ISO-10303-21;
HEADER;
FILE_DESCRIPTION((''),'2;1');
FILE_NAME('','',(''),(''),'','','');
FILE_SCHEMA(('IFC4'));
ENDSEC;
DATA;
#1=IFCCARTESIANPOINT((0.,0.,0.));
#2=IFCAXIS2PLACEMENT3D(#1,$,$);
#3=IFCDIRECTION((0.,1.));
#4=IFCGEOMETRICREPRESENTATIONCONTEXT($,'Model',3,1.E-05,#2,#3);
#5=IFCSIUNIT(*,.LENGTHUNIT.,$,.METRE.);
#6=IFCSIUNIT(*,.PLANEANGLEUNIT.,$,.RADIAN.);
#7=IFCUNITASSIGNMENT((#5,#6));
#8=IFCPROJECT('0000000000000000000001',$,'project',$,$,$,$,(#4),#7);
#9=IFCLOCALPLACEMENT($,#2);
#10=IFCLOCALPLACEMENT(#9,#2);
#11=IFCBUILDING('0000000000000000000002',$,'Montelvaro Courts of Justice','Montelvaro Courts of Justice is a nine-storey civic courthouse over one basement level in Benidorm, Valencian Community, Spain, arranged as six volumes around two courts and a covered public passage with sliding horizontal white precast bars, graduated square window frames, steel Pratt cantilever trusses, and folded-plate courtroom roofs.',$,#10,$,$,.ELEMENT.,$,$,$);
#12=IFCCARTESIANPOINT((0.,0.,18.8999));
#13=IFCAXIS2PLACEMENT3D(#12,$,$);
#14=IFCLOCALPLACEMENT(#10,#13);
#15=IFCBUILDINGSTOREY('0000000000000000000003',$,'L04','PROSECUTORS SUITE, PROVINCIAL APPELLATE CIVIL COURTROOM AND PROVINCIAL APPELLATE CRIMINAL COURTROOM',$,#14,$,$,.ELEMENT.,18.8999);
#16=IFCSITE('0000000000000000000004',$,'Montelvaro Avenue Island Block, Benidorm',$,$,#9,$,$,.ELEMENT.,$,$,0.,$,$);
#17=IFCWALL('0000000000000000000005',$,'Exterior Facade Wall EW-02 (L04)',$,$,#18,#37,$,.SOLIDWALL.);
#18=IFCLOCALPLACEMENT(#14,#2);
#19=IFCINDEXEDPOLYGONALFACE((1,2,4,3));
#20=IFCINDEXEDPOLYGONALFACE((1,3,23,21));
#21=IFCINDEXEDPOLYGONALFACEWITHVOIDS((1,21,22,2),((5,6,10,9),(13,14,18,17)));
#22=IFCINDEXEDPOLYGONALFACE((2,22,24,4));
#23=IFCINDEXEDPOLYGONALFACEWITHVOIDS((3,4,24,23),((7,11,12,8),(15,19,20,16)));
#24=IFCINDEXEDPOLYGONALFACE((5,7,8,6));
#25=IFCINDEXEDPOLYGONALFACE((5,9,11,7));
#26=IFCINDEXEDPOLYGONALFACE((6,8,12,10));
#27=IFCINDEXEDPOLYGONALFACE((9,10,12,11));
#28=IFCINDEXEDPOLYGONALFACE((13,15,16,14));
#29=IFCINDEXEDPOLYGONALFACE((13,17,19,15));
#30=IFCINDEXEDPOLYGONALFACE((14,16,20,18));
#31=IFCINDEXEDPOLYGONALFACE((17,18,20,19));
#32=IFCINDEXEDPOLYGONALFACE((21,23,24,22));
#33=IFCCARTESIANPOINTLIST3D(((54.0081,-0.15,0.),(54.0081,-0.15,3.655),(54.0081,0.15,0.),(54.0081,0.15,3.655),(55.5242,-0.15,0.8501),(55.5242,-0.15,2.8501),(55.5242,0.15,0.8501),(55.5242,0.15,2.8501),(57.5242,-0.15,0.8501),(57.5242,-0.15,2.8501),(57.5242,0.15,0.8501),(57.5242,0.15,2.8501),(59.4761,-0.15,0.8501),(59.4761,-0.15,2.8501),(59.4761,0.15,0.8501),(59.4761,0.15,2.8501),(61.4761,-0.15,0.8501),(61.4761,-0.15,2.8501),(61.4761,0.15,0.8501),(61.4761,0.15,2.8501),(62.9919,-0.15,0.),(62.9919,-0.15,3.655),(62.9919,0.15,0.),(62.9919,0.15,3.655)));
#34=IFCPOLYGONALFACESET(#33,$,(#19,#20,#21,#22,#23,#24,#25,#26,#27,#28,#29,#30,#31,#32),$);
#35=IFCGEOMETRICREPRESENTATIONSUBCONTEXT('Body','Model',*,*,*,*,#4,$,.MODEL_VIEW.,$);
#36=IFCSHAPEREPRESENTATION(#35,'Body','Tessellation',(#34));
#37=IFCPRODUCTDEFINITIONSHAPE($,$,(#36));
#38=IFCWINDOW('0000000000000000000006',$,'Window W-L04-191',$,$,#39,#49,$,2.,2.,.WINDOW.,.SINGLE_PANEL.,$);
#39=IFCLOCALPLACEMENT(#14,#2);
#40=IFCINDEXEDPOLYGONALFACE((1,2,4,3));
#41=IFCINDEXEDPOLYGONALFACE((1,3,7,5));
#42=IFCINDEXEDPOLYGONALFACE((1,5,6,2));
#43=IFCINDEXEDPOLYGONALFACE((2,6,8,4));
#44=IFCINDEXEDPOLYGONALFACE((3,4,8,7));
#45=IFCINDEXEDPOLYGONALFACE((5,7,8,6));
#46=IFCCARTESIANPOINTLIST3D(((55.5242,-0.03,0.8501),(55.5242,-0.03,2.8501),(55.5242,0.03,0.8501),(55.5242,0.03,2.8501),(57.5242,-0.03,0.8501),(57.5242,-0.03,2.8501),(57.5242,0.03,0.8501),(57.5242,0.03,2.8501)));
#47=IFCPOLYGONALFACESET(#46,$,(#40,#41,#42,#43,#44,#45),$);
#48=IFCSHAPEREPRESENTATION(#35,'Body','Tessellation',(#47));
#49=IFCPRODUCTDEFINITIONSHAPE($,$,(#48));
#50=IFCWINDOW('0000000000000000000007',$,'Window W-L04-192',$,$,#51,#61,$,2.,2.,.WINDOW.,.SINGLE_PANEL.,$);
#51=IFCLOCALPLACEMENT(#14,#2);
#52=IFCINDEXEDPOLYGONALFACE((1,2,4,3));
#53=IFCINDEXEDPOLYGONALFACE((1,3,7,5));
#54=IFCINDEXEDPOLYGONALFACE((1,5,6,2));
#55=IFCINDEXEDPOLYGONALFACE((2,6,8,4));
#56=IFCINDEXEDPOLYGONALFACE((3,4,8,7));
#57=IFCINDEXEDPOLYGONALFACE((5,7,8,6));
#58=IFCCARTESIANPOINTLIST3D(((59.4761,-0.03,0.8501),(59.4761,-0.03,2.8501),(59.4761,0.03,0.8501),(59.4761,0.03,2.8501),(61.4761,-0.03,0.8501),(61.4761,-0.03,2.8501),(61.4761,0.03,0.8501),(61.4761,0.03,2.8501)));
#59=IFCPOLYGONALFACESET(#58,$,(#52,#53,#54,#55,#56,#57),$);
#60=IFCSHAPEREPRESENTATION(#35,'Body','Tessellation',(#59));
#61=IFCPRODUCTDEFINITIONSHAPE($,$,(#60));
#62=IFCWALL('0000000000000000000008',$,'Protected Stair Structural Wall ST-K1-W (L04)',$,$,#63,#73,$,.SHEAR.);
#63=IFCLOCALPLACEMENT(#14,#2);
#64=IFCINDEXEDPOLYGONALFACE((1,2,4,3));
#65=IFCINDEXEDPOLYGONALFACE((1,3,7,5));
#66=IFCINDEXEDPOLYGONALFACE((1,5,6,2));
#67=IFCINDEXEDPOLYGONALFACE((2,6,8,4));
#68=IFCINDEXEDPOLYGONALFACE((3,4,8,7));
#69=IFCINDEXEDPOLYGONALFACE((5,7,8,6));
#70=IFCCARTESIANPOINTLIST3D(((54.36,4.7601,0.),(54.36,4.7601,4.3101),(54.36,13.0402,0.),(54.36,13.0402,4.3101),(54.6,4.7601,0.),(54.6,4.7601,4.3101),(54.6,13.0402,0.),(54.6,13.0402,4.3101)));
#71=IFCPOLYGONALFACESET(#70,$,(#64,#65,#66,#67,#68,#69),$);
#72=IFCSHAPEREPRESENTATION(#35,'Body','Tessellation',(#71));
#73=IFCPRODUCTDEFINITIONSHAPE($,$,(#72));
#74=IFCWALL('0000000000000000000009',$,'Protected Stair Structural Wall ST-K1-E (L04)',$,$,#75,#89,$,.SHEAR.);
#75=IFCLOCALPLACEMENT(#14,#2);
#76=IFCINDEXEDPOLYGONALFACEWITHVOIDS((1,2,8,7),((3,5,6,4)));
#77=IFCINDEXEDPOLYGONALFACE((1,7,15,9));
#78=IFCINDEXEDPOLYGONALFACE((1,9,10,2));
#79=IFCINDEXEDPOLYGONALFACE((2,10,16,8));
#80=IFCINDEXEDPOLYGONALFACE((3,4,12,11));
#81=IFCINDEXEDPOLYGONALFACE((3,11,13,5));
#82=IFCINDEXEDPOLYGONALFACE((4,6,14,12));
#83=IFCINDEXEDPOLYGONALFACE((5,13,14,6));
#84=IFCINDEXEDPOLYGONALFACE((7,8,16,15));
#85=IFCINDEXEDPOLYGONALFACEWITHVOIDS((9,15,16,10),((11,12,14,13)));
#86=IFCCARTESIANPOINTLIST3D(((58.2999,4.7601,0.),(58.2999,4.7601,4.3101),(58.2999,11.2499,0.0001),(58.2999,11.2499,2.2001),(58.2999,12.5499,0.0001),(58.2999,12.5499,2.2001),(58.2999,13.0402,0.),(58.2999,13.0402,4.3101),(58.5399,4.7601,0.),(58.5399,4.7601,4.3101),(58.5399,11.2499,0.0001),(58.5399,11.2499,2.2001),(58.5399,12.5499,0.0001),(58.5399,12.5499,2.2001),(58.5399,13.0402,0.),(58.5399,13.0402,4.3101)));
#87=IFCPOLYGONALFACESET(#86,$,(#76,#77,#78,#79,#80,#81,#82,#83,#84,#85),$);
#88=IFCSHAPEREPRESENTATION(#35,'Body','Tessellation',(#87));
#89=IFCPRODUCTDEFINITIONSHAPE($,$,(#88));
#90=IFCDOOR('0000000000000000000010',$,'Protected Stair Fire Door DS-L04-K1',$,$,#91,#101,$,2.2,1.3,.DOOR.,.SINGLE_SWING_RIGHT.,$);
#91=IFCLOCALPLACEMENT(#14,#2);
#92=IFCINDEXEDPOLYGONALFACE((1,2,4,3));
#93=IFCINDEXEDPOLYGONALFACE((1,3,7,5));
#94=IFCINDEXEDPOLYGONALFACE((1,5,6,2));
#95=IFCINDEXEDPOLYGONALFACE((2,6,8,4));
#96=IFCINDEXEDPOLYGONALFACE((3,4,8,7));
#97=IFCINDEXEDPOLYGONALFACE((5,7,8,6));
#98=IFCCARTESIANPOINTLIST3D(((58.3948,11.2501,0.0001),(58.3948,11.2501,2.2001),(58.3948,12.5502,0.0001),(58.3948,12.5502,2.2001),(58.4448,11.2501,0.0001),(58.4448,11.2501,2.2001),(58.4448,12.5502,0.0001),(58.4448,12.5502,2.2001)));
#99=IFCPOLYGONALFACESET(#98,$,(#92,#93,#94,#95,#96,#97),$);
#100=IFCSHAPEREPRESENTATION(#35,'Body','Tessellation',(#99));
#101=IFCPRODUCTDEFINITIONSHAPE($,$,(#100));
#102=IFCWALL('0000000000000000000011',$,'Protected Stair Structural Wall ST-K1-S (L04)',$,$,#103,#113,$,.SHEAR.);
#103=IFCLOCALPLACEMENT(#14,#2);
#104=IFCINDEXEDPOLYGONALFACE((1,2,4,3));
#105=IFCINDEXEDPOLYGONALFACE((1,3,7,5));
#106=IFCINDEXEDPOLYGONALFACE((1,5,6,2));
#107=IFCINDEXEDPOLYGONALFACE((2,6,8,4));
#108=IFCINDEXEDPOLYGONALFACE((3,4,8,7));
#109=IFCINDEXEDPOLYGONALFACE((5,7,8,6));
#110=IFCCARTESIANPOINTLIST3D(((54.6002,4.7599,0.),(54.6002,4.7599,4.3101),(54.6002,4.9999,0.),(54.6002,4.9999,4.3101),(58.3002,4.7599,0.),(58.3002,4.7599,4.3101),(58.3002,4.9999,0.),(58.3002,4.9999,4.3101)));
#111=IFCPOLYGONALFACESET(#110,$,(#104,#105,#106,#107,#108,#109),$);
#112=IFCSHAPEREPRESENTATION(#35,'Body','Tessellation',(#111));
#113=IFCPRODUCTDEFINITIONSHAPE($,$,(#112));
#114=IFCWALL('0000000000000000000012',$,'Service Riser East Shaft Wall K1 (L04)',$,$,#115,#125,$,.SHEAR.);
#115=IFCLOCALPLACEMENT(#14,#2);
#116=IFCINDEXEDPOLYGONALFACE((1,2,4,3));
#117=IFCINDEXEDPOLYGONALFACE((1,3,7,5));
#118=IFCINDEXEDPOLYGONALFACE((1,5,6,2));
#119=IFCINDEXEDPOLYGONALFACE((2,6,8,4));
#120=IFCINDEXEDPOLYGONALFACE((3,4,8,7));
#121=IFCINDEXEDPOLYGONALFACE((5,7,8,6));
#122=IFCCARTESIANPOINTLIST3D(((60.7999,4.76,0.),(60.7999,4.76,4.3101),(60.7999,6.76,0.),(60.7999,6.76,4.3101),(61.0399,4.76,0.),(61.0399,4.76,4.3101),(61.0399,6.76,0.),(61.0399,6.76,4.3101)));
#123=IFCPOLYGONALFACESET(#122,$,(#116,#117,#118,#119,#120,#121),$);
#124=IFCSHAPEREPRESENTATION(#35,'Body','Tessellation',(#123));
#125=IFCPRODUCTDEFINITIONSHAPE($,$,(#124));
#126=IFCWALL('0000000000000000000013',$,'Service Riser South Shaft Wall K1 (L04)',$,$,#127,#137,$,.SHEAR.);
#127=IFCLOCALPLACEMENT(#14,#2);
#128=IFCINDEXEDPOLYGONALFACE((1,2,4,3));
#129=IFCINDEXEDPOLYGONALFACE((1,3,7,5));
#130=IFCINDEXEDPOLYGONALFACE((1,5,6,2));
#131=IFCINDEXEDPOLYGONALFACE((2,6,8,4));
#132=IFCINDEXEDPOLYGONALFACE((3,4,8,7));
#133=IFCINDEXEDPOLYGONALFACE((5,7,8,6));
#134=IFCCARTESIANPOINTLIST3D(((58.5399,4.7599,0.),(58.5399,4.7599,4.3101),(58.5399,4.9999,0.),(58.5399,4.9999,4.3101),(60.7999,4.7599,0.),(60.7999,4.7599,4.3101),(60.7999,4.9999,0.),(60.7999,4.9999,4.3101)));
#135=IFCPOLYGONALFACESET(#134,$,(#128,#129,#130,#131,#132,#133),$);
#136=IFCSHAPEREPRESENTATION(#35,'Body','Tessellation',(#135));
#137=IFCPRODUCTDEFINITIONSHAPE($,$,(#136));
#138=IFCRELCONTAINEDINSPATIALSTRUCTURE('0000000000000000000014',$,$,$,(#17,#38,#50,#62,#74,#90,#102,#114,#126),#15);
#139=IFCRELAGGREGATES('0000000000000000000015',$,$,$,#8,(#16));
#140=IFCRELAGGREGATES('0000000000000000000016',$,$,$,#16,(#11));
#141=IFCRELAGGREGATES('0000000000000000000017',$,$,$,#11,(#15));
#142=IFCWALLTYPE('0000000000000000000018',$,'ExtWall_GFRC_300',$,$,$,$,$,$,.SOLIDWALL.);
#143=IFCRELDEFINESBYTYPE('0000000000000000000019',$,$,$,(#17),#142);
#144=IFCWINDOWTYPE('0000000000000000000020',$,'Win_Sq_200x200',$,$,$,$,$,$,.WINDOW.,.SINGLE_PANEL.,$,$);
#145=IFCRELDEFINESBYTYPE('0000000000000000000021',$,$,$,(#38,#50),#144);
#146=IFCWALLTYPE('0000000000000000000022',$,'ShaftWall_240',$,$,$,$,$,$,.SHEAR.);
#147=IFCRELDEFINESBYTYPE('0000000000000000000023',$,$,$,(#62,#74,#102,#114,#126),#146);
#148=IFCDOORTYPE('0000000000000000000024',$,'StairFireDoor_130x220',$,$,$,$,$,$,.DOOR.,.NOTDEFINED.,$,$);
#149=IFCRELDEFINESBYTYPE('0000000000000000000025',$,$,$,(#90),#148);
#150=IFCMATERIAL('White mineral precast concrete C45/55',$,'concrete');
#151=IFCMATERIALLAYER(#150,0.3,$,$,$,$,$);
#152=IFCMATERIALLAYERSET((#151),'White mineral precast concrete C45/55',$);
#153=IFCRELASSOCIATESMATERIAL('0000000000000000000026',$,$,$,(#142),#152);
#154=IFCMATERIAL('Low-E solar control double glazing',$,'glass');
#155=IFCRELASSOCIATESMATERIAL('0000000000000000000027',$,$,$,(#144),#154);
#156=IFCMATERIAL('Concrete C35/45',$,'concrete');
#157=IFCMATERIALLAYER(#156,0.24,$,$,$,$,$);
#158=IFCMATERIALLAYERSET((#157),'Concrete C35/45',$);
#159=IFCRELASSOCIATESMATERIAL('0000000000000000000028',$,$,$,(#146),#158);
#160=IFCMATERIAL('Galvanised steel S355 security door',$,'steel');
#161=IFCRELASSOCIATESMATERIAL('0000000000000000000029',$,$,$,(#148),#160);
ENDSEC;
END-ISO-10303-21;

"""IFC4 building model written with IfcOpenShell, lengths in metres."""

from ifc_helpers import new_model, si_unit, direction, frame, frame_2d, origin, place, context, subcontext, project, spatial, rectangle, extrude, material, layer, layer_set, type_object, element, fill, save


model = new_model("IFC4")

# Units and contexts
model_context = context("Model", 3, precision=1e-05, world=origin(), true_north=direction((0.0, 1.0)))
body_context = subcontext(model_context, "Body", "Model", "MODEL_VIEW")
ifc_project = project(units=[si_unit("LENGTHUNIT", "METRE"), si_unit("PLANEANGLEUNIT", "RADIAN")], contexts=[model_context])

# Site, building, storey
site_placement = place(None, origin())
site = spatial("IfcSite", under=ifc_project, at=site_placement, Name="Montelvaro Avenue Island Block, Benidorm", CompositionType="ELEMENT", RefElevation=0.0)
building_placement = place(site_placement, origin())
building = spatial("IfcBuilding", under=site, at=building_placement, Name="Montelvaro Courts of Justice", Description="Montelvaro Courts of Justice is a nine-storey civic courthouse over one basement level in Benidorm, Valencian Community, Spain, arranged as six volumes around two courts and a covered public passage with sliding horizontal white precast bars, graduated square window frames, steel Pratt cantilever trusses, and folded-plate courtroom roofs.", CompositionType="ELEMENT")
storey_placement = place(building_placement, frame((0.0, 0.0, 18.8999)))
storey = spatial("IfcBuildingStorey", under=building, at=storey_placement, Name="L04", Description="PROSECUTORS SUITE, PROVINCIAL APPELLATE CIVIL COURTROOM AND PROVINCIAL APPELLATE CRIMINAL COURTROOM", CompositionType="ELEMENT", Elevation=18.8999)

# Shared definitions
ifc_material_1 = material(Name="White mineral precast concrete C45/55", Category="concrete")

# Wall, openings, windows
ifc_layer_1 = layer(ifc_material_1, 0.3)
ifc_layer_set_1 = layer_set([ifc_layer_1], Name="White mineral precast concrete C45/55")
wall_type_1 = type_object("IfcWallType", Name="ExtWall_GFRC_300", PredefinedType="SOLIDWALL", material=ifc_layer_set_1)
wall_1_placement = place(storey_placement, frame((54.0081, 0.0, 0.0), z_axis=(0.0, 0.0, 1.0), x_axis=(1.0, 0.0, 0.0)))
wall_1 = element("IfcWall", 1, at=wall_1_placement, inside=storey, type_object=wall_type_1, Name="Exterior Facade Wall EW-02 (L04)", PredefinedType="SOLIDWALL", context=body_context, shape_type="SweptSolid", body=[
    extrude(rectangle(XDim=8.9839, YDim=0.3, at=frame_2d((4.4919, 0.0))), origin(), (0.0, 0.0, 1.0), 3.655),
])
opening_1_placement = place(wall_1_placement, frame((1.5161, 0.0, 0.8501)))
opening_1 = element("IfcOpeningElement", 2, at=opening_1_placement, cuts=wall_1, PredefinedType="OPENING", context=body_context, shape_type="SweptSolid", body=[
    extrude(rectangle(XDim=2.0, YDim=2.0, at=frame_2d((1.0, 1.0))), frame((0.0, 0.165, 0.0), z_axis=(0.0, -1.0, 0.0), x_axis=(1.0, 0.0, 0.0)), (0.0, 0.0, 1.0), 0.3298),
])
opening_2_placement = place(wall_1_placement, frame((5.468, 0.0, 0.8501)))
opening_2 = element("IfcOpeningElement", 3, at=opening_2_placement, cuts=wall_1, PredefinedType="OPENING", context=body_context, shape_type="SweptSolid", body=[
    extrude(rectangle(XDim=2.0, YDim=2.0, at=frame_2d((1.0, 1.0))), frame((0.0, 0.165, 0.0), z_axis=(0.0, -1.0, 0.0), x_axis=(1.0, 0.0, 0.0)), (0.0, 0.0, 1.0), 0.3298),
])
ifc_material_2 = material(Name="Low-E solar control double glazing", Category="glass")
window_type = type_object("IfcWindowType", Name="Win_Sq_200x200", PartitioningType="SINGLE_PANEL", PredefinedType="WINDOW", material=ifc_material_2)
window_1_placement = place(opening_1_placement, origin())
window_1 = element("IfcWindow", 4, at=window_1_placement, inside=storey, type_object=window_type, Name="Window W-L04-191", OverallHeight=2.0, OverallWidth=2.0, PartitioningType="SINGLE_PANEL", PredefinedType="WINDOW", context=body_context, shape_type="SweptSolid", body=[
    extrude(rectangle(XDim=2.0, YDim=2.0, at=frame_2d((1.0, 1.0))), frame((0.0, 0.03, 0.0), z_axis=(0.0, -1.0, 0.0), x_axis=(1.0, 0.0, 0.0)), (0.0, 0.0, 1.0), 0.0601),
])
fill(opening_1, window_1)
window_2_placement = place(opening_2_placement, origin())
window_2 = element("IfcWindow", 5, at=window_2_placement, inside=storey, type_object=window_type, Name="Window W-L04-192", OverallHeight=2.0, OverallWidth=2.0, PartitioningType="SINGLE_PANEL", PredefinedType="WINDOW", context=body_context, shape_type="SweptSolid", body=[
    extrude(rectangle(XDim=2.0, YDim=2.0, at=frame_2d((1.0, 1.0))), frame((0.0, 0.03, 0.0), z_axis=(0.0, -1.0, 0.0), x_axis=(1.0, 0.0, 0.0)), (0.0, 0.0, 1.0), 0.0601),
])
fill(opening_2, window_2)

# Wall
ifc_material_3 = material(Name="Concrete C35/45", Category="concrete")
ifc_layer_2 = layer(ifc_material_3, 0.24)
ifc_layer_set_2 = layer_set([ifc_layer_2], Name="Concrete C35/45")
wall_type_2 = type_object("IfcWallType", Name="ShaftWall_240", PredefinedType="SHEAR", material=ifc_layer_set_2)
wall_2_placement = place(storey_placement, frame((54.48, 4.76, 0.0), z_axis=(0.0, 0.0, 1.0), x_axis=(0.0, 1.0, 0.0)))
element("IfcWall", 6, at=wall_2_placement, inside=storey, type_object=wall_type_2, Name="Protected Stair Structural Wall ST-K1-W (L04)", PredefinedType="SHEAR", context=body_context, shape_type="SweptSolid", body=[
    extrude(rectangle(XDim=8.28, YDim=0.24, at=frame_2d((4.1401, 0.0))), origin(), (0.0, 0.0, 1.0), 4.3101),
])

# Wall, opening, door
wall_3_placement = place(storey_placement, frame((58.4199, 4.76, 0.0), z_axis=(0.0, 0.0, 1.0), x_axis=(0.0, 1.0, 0.0)))
wall_3 = element("IfcWall", 7, at=wall_3_placement, inside=storey, type_object=wall_type_2, Name="Protected Stair Structural Wall ST-K1-E (L04)", PredefinedType="SHEAR", context=body_context, shape_type="SweptSolid", body=[
    extrude(rectangle(XDim=8.28, YDim=0.24, at=frame_2d((4.1401, 0.0))), origin(), (0.0, 0.0, 1.0), 4.3101),
])
opening_3_placement = place(wall_3_placement, frame((6.49, 0.0, 0.0)))
opening_3 = element("IfcOpeningElement", 8, at=opening_3_placement, cuts=wall_3, PredefinedType="OPENING", context=body_context, shape_type="SweptSolid", body=[
    extrude(rectangle(XDim=1.3, YDim=2.2, at=frame_2d((0.6499, 1.1001))), frame((0.0, 0.1348, 0.0), z_axis=(0.0, -1.0, 0.0), x_axis=(1.0, 0.0, 0.0)), (0.0, 0.0, 1.0), 0.2698),
])
ifc_material_4 = material(Name="Galvanised steel S355 security door", Category="steel")
door_type = type_object("IfcDoorType", Name="StairFireDoor_130x220", OperationType="NOTDEFINED", PredefinedType="DOOR", material=ifc_material_4)
door_placement = place(opening_3_placement, frame((1.3, 0.0, 0.0), z_axis=(0.0, 0.0, 1.0), x_axis=(-1.0, 0.0, 0.0)))
door = element("IfcDoor", 9, at=door_placement, inside=storey, type_object=door_type, Name="Protected Stair Fire Door DS-L04-K1", OperationType="SINGLE_SWING_RIGHT", OverallHeight=2.2, OverallWidth=1.3, PredefinedType="DOOR", context=body_context, shape_type="SweptSolid", body=[
    extrude(rectangle(XDim=1.3, YDim=2.2, at=frame_2d((0.6499, 1.1001))), frame((0.0, 0.0249, 0.0), z_axis=(0.0, -1.0, 0.0), x_axis=(1.0, 0.0, 0.0)), (0.0, 0.0, 1.0), 0.05),
])
fill(opening_3, door)

# Walls
wall_4_placement = place(storey_placement, frame((54.6001, 4.8799, 0.0), z_axis=(0.0, 0.0, 1.0), x_axis=(1.0, 0.0, 0.0)))
element("IfcWall", 10, at=wall_4_placement, inside=storey, type_object=wall_type_2, Name="Protected Stair Structural Wall ST-K1-S (L04)", PredefinedType="SHEAR", context=body_context, shape_type="SweptSolid", body=[
    extrude(rectangle(XDim=3.7, YDim=0.24, at=frame_2d((1.8501, 0.0))), origin(), (0.0, 0.0, 1.0), 4.3101),
])
wall_5_placement = place(storey_placement, frame((60.9199, 4.76, 0.0), z_axis=(0.0, 0.0, 1.0), x_axis=(0.0, 1.0, 0.0)))
element("IfcWall", 11, at=wall_5_placement, inside=storey, type_object=wall_type_2, Name="Service Riser East Shaft Wall K1 (L04)", PredefinedType="SHEAR", context=body_context, shape_type="SweptSolid", body=[
    extrude(rectangle(XDim=2.0, YDim=0.24, at=frame_2d((1.0, 0.0))), origin(), (0.0, 0.0, 1.0), 4.3101),
])
wall_6_placement = place(storey_placement, frame((58.54, 4.8799, 0.0), z_axis=(0.0, 0.0, 1.0), x_axis=(1.0, 0.0, 0.0)))
element("IfcWall", 12, at=wall_6_placement, inside=storey, type_object=wall_type_2, Name="Service Riser South Shaft Wall K1 (L04)", PredefinedType="SHEAR", context=body_context, shape_type="SweptSolid", body=[
    extrude(rectangle(XDim=2.26, YDim=0.24, at=frame_2d((1.1299, 0.0))), origin(), (0.0, 0.0, 1.0), 4.3101),
])

save(model, "model.ifc")
